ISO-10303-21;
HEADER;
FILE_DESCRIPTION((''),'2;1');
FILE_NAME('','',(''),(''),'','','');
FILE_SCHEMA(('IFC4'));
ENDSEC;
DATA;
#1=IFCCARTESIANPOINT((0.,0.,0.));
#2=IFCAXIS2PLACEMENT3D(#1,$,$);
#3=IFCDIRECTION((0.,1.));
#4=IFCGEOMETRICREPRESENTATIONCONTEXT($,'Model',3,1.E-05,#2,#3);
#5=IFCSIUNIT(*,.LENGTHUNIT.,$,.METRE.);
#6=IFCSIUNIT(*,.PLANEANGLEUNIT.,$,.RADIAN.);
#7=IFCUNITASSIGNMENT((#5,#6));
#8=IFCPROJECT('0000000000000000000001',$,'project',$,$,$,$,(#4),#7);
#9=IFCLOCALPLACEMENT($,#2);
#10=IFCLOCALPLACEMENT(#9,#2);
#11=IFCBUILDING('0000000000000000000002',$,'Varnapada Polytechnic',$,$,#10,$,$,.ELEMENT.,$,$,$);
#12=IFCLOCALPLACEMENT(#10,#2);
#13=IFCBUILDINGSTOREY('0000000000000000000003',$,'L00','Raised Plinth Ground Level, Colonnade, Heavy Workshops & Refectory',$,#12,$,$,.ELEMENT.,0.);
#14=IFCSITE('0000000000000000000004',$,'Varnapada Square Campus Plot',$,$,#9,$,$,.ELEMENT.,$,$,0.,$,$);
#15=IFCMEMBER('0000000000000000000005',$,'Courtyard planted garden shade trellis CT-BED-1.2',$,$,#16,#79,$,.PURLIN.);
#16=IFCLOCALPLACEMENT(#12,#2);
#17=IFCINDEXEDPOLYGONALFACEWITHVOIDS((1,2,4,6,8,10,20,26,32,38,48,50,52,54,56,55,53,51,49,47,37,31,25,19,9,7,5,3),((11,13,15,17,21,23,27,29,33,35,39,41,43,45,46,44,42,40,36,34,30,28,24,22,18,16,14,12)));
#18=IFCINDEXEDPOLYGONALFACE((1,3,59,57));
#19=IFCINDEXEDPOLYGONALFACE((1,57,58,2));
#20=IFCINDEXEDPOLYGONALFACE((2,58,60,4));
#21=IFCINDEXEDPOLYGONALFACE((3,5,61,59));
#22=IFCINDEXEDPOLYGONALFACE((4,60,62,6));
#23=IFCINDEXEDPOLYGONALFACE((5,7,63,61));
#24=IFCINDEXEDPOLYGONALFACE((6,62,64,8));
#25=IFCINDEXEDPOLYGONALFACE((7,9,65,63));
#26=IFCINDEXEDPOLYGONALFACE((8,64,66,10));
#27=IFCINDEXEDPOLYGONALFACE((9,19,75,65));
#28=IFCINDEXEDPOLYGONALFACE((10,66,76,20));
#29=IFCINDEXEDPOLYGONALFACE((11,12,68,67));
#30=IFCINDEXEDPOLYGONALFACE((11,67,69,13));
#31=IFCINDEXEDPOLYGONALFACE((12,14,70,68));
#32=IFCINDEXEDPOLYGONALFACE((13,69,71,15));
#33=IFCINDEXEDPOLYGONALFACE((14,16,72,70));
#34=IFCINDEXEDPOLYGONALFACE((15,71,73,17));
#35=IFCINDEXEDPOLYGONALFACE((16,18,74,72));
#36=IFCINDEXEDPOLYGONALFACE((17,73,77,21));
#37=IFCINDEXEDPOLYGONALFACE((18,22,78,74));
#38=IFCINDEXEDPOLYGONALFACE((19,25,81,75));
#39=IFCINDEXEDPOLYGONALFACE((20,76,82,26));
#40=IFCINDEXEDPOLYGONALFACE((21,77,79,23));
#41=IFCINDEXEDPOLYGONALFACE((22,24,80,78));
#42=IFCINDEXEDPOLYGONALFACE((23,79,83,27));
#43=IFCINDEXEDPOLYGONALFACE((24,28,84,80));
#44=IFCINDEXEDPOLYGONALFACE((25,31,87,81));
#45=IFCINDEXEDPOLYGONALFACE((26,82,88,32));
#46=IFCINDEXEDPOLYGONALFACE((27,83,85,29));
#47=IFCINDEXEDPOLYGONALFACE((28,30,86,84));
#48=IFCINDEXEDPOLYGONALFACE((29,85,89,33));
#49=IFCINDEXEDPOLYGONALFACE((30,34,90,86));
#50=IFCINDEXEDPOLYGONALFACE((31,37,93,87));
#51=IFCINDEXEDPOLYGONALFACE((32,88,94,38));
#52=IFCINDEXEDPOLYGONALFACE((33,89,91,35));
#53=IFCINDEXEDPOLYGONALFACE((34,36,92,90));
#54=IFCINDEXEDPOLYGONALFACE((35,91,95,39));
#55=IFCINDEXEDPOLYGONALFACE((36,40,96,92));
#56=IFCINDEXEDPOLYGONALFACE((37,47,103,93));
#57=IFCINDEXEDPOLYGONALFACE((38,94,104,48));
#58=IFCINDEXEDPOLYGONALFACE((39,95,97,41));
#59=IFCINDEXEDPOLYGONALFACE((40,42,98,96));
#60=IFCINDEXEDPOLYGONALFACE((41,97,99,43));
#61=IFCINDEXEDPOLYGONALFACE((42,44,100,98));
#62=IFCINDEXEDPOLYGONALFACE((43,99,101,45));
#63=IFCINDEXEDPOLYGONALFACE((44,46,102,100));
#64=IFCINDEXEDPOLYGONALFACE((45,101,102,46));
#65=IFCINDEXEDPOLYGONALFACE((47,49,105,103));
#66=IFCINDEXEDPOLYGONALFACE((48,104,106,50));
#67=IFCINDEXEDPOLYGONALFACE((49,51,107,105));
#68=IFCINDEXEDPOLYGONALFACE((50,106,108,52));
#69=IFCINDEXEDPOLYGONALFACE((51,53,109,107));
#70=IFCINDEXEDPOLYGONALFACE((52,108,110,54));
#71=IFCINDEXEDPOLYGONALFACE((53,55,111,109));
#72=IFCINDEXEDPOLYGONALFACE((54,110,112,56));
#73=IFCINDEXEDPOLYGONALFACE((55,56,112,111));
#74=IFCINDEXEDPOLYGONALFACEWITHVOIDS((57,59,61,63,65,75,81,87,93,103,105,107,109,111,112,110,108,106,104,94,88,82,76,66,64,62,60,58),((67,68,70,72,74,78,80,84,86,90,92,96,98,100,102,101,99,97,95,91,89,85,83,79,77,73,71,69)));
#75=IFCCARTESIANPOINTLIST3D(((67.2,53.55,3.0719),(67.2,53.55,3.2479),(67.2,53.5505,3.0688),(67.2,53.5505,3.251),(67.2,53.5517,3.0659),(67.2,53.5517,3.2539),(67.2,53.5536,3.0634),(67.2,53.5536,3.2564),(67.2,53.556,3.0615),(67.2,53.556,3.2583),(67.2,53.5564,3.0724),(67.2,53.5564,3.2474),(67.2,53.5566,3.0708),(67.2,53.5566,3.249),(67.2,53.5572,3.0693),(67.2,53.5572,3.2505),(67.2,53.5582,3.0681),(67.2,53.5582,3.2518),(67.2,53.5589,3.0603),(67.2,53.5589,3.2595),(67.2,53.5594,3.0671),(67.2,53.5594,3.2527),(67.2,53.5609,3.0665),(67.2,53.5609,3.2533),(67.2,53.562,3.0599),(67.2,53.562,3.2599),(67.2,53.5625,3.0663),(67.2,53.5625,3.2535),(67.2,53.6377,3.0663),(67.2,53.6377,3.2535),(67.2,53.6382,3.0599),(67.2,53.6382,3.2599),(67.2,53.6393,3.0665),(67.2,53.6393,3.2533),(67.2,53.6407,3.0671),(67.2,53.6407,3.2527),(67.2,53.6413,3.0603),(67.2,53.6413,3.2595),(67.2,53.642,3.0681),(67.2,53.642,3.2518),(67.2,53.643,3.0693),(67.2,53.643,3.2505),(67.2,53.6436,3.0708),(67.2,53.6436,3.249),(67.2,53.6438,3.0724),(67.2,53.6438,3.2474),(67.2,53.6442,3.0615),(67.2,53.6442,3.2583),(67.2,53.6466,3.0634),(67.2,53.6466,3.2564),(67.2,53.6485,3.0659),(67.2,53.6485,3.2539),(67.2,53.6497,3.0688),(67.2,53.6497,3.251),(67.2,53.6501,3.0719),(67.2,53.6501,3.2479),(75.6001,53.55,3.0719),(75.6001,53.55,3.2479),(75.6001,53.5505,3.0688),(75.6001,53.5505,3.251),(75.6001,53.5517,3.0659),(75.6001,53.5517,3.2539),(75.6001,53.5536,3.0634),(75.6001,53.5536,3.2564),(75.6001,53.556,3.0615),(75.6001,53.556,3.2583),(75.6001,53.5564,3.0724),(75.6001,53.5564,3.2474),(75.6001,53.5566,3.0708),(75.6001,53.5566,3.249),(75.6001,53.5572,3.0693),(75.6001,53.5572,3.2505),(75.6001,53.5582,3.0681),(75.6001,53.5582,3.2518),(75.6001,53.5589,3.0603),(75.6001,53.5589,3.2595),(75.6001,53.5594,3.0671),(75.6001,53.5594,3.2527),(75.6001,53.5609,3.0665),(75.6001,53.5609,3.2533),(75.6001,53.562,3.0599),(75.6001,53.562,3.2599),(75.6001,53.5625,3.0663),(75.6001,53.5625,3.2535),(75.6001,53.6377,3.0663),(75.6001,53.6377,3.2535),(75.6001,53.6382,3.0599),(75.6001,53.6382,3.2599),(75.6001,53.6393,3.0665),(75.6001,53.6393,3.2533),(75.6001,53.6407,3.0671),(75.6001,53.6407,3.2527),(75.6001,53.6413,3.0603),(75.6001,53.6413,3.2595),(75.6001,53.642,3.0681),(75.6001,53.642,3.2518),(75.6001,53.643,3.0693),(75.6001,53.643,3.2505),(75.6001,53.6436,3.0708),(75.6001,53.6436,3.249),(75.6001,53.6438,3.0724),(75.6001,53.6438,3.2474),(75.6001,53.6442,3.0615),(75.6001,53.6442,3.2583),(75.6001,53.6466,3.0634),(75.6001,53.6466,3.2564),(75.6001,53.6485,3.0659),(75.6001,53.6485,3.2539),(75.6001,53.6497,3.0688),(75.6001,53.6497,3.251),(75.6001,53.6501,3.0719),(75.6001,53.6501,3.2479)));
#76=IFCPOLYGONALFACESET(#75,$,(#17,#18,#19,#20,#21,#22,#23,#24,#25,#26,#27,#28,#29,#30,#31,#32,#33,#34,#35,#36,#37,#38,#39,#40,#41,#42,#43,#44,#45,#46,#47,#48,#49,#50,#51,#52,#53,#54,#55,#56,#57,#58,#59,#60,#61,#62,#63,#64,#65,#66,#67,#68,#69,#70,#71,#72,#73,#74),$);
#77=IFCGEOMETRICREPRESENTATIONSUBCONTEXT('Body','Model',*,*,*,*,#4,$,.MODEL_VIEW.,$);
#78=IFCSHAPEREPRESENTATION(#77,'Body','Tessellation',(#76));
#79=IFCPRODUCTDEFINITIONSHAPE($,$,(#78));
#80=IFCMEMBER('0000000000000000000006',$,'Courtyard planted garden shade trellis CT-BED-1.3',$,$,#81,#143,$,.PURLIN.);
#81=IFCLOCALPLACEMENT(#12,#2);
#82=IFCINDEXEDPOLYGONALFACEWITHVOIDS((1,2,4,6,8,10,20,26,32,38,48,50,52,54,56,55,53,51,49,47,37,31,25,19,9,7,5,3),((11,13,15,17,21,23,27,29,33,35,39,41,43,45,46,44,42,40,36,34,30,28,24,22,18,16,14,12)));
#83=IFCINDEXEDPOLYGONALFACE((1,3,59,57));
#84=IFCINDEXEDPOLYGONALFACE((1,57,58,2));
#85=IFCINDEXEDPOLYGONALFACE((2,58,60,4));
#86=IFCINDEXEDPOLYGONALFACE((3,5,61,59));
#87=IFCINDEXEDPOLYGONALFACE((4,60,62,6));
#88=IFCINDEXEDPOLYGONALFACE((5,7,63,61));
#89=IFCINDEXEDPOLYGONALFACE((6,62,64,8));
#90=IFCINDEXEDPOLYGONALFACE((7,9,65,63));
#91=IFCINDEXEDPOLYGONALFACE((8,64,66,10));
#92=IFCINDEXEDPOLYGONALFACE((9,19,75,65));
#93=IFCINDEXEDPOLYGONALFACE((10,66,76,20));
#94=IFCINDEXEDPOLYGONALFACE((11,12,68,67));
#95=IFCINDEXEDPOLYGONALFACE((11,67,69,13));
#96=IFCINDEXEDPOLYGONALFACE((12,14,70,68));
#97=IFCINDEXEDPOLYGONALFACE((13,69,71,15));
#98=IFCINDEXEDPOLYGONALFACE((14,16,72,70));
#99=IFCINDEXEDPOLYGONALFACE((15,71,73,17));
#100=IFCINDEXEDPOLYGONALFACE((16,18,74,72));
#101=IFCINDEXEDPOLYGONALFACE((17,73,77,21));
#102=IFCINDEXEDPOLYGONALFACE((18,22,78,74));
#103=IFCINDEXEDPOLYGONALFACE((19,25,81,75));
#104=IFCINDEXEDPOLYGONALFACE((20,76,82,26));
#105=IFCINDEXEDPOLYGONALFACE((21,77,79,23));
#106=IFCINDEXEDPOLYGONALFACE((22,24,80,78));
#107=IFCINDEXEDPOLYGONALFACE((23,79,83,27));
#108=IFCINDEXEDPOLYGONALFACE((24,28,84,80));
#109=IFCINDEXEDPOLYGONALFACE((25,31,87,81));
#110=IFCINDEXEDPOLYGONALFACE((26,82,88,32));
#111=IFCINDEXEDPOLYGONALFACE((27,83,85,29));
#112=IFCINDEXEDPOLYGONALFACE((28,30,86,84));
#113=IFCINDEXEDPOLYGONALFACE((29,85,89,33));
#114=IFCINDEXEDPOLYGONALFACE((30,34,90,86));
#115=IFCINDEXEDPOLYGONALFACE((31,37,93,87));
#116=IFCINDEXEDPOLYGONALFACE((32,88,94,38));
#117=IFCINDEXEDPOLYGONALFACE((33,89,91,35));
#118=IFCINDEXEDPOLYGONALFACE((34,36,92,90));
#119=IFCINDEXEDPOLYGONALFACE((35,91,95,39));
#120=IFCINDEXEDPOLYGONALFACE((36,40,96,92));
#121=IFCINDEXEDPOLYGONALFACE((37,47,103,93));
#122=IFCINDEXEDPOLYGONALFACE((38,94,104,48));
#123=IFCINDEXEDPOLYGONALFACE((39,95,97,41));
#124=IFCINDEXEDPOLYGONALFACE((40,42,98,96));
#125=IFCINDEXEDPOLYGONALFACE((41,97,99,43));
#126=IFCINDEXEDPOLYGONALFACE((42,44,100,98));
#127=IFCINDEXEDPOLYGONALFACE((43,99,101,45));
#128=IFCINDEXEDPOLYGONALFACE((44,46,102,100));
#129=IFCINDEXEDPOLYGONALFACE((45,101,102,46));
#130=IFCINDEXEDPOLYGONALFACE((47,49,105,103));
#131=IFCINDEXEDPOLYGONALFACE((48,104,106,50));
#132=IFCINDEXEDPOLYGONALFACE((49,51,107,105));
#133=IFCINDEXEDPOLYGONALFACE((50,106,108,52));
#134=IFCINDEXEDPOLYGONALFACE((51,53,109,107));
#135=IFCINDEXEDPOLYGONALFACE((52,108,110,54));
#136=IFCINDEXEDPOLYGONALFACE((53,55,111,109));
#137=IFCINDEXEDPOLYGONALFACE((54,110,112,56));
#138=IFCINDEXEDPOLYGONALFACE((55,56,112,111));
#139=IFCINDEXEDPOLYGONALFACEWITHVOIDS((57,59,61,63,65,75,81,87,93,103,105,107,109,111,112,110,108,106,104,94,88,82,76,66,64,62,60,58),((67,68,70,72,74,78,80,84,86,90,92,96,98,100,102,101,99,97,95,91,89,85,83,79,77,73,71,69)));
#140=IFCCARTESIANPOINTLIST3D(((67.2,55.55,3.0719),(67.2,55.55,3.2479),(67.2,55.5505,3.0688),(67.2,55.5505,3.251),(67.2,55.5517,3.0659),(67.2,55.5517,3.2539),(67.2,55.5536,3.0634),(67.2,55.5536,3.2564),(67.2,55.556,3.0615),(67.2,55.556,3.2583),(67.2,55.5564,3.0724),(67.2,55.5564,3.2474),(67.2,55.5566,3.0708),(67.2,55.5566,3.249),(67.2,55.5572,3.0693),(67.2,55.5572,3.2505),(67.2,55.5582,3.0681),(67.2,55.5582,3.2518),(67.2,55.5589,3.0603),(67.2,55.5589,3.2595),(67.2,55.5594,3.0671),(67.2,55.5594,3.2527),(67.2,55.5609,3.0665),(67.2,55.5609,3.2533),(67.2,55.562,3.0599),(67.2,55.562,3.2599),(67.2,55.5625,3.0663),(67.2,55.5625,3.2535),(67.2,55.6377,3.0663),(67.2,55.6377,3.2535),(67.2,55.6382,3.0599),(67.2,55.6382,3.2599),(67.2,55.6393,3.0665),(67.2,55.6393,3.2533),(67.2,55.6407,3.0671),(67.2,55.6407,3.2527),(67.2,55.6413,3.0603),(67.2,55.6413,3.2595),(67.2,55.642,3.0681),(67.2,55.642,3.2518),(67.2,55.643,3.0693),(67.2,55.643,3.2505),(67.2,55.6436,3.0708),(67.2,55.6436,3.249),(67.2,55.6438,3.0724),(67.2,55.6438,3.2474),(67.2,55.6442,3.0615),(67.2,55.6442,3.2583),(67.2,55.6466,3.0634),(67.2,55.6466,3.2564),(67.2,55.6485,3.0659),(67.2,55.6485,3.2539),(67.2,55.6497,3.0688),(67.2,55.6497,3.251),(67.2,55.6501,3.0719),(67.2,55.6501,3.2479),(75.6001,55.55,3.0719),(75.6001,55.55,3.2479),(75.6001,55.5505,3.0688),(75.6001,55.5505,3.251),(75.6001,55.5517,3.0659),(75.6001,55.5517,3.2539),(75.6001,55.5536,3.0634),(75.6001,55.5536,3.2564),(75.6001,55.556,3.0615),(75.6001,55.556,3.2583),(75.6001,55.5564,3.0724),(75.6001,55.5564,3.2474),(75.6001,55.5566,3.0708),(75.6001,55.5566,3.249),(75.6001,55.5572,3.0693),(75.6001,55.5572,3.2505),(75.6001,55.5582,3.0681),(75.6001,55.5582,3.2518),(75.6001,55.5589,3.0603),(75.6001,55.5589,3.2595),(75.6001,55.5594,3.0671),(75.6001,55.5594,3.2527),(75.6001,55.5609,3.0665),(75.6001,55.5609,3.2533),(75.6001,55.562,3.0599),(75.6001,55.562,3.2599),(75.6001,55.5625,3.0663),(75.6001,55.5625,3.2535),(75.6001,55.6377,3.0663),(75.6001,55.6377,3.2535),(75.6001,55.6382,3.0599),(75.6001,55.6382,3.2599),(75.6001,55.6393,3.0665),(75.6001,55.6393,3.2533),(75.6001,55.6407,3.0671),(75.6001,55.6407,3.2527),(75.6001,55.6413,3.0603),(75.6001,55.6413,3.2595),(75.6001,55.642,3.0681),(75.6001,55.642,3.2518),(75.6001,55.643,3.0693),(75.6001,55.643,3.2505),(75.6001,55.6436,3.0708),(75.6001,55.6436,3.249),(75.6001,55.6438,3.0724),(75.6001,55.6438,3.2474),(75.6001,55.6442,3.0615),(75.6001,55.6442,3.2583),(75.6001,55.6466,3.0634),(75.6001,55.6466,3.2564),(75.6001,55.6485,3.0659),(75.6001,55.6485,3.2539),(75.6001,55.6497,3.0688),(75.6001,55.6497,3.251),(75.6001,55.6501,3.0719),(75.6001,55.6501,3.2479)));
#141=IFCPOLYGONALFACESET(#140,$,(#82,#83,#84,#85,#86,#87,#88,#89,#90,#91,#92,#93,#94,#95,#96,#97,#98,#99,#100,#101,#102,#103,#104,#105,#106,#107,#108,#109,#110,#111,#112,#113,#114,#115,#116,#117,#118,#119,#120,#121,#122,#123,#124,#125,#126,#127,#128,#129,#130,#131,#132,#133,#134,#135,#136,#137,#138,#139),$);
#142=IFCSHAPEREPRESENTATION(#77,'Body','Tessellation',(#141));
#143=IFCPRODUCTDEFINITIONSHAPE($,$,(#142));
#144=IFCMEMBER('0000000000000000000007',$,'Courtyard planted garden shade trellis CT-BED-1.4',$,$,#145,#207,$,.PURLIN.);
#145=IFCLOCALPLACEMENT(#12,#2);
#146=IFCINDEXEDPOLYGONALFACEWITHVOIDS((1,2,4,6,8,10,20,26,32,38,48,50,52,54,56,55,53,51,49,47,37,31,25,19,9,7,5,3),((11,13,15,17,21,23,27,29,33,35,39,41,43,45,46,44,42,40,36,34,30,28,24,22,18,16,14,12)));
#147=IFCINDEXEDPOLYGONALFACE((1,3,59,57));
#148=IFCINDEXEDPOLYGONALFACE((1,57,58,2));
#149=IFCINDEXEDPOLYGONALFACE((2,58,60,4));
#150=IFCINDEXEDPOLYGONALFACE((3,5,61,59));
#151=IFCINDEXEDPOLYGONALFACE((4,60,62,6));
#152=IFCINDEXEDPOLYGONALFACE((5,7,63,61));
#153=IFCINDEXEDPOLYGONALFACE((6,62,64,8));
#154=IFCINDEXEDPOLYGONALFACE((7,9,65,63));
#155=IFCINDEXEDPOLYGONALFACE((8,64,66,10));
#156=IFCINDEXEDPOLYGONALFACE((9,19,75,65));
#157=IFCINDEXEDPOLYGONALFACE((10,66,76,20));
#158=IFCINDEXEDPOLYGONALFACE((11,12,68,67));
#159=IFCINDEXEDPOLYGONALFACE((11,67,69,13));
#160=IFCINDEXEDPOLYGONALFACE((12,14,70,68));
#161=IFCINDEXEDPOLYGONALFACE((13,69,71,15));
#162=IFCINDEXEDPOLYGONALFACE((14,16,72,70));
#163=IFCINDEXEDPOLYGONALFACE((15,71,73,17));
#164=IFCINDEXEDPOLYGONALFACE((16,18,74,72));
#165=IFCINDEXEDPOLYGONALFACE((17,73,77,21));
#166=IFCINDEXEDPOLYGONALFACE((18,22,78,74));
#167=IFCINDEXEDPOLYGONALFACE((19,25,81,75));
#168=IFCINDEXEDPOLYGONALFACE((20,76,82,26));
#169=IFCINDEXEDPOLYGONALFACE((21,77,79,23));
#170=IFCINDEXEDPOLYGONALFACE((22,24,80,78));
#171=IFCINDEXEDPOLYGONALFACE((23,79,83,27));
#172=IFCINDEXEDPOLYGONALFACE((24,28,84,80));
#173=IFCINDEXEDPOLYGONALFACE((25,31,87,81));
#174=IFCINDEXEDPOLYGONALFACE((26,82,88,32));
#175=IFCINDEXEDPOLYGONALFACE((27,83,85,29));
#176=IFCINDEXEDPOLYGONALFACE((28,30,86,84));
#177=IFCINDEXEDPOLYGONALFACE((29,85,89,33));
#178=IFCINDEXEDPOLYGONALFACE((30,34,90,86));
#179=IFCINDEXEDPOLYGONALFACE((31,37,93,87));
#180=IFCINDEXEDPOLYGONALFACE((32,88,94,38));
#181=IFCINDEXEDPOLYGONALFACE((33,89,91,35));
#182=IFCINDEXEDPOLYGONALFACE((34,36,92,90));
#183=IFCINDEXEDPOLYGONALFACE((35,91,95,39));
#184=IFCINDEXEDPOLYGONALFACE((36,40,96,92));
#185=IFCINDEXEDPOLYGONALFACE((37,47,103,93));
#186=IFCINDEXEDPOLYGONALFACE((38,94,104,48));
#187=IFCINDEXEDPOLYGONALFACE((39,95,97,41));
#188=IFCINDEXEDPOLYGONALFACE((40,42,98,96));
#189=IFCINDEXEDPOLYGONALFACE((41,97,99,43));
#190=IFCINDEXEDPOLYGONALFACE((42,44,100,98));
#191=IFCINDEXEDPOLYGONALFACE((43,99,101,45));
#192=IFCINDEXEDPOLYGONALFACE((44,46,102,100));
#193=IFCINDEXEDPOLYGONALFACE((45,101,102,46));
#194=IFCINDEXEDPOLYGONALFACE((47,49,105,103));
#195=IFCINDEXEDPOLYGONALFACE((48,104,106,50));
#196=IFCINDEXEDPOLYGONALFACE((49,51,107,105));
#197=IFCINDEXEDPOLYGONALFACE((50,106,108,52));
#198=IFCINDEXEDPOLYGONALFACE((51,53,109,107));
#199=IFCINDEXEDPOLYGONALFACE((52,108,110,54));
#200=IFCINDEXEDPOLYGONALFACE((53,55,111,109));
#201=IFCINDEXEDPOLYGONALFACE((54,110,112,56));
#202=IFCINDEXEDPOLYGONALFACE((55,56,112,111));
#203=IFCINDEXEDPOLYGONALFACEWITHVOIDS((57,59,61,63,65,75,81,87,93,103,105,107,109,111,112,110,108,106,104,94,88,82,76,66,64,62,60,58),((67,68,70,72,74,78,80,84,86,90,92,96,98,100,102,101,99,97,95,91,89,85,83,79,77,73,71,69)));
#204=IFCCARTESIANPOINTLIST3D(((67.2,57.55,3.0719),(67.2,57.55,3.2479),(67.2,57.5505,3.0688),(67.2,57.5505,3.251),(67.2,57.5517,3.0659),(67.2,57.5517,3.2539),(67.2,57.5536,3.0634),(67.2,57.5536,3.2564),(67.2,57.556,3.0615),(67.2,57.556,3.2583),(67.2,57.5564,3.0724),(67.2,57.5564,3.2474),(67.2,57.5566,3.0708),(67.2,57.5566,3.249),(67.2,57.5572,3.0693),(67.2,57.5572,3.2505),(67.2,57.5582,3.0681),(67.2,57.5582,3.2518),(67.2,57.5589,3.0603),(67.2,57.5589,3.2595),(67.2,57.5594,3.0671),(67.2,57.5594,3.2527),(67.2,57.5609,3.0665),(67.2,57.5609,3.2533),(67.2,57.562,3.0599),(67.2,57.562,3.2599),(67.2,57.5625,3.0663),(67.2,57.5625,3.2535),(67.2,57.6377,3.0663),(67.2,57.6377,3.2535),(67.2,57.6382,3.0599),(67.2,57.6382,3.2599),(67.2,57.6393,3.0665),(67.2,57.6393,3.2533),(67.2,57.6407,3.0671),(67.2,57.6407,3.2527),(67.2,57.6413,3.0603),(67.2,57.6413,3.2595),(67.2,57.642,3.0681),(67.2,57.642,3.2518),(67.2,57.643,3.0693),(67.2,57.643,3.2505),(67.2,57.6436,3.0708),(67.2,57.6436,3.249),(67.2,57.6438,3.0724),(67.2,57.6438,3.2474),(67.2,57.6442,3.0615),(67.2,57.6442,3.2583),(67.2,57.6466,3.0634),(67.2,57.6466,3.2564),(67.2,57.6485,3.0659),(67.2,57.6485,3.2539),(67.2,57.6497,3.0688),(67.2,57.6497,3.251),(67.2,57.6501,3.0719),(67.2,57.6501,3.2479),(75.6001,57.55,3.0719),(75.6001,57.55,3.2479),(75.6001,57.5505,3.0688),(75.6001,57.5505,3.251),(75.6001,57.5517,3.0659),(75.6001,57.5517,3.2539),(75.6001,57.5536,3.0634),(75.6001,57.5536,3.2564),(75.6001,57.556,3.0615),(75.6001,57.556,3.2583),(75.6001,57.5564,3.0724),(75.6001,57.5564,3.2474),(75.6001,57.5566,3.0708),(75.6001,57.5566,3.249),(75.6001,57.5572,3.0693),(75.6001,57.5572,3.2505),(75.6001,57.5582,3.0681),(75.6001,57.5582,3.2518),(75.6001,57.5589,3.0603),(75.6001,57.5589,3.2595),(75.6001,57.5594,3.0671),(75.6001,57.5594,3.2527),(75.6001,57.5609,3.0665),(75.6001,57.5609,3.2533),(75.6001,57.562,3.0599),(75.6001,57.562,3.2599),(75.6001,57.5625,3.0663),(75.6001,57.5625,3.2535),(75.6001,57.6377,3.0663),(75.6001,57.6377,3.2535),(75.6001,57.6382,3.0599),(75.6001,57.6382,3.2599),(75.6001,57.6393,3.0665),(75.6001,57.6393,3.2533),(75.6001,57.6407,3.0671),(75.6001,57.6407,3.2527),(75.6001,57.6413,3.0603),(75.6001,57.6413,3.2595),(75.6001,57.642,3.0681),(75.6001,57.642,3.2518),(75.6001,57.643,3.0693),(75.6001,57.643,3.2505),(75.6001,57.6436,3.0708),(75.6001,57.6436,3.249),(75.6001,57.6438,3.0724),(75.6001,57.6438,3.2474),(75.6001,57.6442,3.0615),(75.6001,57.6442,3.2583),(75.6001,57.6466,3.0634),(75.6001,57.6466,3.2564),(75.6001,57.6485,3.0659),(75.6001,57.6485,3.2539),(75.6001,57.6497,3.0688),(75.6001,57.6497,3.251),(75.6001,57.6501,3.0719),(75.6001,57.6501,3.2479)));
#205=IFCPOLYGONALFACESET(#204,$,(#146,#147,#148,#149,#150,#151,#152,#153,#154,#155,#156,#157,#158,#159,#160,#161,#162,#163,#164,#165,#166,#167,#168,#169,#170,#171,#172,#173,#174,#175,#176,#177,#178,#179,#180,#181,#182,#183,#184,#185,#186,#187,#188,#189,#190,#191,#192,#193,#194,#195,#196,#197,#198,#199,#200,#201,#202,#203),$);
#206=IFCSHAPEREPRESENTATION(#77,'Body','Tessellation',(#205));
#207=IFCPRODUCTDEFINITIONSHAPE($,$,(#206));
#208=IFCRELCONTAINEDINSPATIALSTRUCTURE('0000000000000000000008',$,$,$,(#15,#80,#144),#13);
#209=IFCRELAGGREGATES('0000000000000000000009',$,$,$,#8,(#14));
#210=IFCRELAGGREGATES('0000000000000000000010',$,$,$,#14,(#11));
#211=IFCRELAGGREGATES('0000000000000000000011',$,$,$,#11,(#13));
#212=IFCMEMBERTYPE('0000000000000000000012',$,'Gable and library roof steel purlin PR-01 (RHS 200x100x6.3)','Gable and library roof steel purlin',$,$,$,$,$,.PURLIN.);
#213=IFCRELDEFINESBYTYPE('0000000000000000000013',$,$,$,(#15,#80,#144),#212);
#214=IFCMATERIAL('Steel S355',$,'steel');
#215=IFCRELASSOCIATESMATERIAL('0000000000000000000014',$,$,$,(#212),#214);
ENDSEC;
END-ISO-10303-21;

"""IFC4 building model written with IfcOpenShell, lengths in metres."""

from ifc_helpers import new_model, si_unit, direction, frame, origin, origin_2d, place, context, subcontext, project, spatial, hollow_rectangle, extrude, material, material_profile, profile_set, type_object, element, save


model = new_model("IFC4")

# Units and contexts
model_context = context("Model", 3, precision=1e-05, world=origin(), true_north=direction((0.0, 1.0)))
body_context = subcontext(model_context, "Body", "Model", "MODEL_VIEW")
ifc_project = project(units=[si_unit("LENGTHUNIT", "METRE"), si_unit("PLANEANGLEUNIT", "RADIAN")], contexts=[model_context])

# Site, building, storey
site_placement = place(None, origin())
site = spatial("IfcSite", under=ifc_project, at=site_placement, Name="Varnapada Square Campus Plot", CompositionType="ELEMENT", RefElevation=0.0)
building_placement = place(site_placement, origin())
building = spatial("IfcBuilding", under=site, at=building_placement, Name="Varnapada Polytechnic", CompositionType="ELEMENT")
storey_placement = place(building_placement, origin())
storey = spatial("IfcBuildingStorey", under=building, at=storey_placement, Name="L00", Description="Raised Plinth Ground Level, Colonnade, Heavy Workshops & Refectory", CompositionType="ELEMENT", Elevation=0.0)

# Members
ifc_material_1 = material(Name="Steel S355", Category="steel")
ifc_material_profile_1 = material_profile(ifc_material_1, hollow_rectangle(XDim=0.1001, YDim=0.2, WallThickness=0.0063, InnerFilletRadius=0.0061, OuterFilletRadius=0.012, at=origin_2d()), Name="RHS 200x100x6.3")
ifc_profile_set_1 = profile_set([ifc_material_profile_1], Name="Steel S355")
member_type_1 = type_object("IfcMemberType", Name="Gable and library roof steel purlin PR-01 (RHS 200x100x6.3)", Description="Gable and library roof steel purlin", PredefinedType="PURLIN", material=ifc_profile_set_1)
for number, where, z_axis, x_axis, name in (
    (1, (67.2, 53.6001, 3.1599), (1.0, 0.0, 0.0), (0.0, 1.0, 0.0), "Courtyard planted garden shade trellis CT-BED-1.2"),
    (2, (67.2, 55.6001, 3.1599), (1.0, 0.0, 0.0), (0.0, 1.0, 0.0), "Courtyard planted garden shade trellis CT-BED-1.3"),
    (3, (67.2, 57.6001, 3.1599), (1.0, 0.0, 0.0), (0.0, 1.0, 0.0), "Courtyard planted garden shade trellis CT-BED-1.4"),
):
    element("IfcMember", number, at=place(storey_placement, frame(where, z_axis=z_axis, x_axis=x_axis)), inside=storey, type_object=member_type_1, Name=name, PredefinedType="PURLIN", context=body_context, shape_type="SweptSolid", body=[
        extrude(hollow_rectangle(XDim=0.1001, YDim=0.2, WallThickness=0.0063, InnerFilletRadius=0.0061, OuterFilletRadius=0.012, at=origin_2d()), origin(), (0.0, 0.0, 1.0), 8.4001),
    ])

save(model, "model.ifc")
